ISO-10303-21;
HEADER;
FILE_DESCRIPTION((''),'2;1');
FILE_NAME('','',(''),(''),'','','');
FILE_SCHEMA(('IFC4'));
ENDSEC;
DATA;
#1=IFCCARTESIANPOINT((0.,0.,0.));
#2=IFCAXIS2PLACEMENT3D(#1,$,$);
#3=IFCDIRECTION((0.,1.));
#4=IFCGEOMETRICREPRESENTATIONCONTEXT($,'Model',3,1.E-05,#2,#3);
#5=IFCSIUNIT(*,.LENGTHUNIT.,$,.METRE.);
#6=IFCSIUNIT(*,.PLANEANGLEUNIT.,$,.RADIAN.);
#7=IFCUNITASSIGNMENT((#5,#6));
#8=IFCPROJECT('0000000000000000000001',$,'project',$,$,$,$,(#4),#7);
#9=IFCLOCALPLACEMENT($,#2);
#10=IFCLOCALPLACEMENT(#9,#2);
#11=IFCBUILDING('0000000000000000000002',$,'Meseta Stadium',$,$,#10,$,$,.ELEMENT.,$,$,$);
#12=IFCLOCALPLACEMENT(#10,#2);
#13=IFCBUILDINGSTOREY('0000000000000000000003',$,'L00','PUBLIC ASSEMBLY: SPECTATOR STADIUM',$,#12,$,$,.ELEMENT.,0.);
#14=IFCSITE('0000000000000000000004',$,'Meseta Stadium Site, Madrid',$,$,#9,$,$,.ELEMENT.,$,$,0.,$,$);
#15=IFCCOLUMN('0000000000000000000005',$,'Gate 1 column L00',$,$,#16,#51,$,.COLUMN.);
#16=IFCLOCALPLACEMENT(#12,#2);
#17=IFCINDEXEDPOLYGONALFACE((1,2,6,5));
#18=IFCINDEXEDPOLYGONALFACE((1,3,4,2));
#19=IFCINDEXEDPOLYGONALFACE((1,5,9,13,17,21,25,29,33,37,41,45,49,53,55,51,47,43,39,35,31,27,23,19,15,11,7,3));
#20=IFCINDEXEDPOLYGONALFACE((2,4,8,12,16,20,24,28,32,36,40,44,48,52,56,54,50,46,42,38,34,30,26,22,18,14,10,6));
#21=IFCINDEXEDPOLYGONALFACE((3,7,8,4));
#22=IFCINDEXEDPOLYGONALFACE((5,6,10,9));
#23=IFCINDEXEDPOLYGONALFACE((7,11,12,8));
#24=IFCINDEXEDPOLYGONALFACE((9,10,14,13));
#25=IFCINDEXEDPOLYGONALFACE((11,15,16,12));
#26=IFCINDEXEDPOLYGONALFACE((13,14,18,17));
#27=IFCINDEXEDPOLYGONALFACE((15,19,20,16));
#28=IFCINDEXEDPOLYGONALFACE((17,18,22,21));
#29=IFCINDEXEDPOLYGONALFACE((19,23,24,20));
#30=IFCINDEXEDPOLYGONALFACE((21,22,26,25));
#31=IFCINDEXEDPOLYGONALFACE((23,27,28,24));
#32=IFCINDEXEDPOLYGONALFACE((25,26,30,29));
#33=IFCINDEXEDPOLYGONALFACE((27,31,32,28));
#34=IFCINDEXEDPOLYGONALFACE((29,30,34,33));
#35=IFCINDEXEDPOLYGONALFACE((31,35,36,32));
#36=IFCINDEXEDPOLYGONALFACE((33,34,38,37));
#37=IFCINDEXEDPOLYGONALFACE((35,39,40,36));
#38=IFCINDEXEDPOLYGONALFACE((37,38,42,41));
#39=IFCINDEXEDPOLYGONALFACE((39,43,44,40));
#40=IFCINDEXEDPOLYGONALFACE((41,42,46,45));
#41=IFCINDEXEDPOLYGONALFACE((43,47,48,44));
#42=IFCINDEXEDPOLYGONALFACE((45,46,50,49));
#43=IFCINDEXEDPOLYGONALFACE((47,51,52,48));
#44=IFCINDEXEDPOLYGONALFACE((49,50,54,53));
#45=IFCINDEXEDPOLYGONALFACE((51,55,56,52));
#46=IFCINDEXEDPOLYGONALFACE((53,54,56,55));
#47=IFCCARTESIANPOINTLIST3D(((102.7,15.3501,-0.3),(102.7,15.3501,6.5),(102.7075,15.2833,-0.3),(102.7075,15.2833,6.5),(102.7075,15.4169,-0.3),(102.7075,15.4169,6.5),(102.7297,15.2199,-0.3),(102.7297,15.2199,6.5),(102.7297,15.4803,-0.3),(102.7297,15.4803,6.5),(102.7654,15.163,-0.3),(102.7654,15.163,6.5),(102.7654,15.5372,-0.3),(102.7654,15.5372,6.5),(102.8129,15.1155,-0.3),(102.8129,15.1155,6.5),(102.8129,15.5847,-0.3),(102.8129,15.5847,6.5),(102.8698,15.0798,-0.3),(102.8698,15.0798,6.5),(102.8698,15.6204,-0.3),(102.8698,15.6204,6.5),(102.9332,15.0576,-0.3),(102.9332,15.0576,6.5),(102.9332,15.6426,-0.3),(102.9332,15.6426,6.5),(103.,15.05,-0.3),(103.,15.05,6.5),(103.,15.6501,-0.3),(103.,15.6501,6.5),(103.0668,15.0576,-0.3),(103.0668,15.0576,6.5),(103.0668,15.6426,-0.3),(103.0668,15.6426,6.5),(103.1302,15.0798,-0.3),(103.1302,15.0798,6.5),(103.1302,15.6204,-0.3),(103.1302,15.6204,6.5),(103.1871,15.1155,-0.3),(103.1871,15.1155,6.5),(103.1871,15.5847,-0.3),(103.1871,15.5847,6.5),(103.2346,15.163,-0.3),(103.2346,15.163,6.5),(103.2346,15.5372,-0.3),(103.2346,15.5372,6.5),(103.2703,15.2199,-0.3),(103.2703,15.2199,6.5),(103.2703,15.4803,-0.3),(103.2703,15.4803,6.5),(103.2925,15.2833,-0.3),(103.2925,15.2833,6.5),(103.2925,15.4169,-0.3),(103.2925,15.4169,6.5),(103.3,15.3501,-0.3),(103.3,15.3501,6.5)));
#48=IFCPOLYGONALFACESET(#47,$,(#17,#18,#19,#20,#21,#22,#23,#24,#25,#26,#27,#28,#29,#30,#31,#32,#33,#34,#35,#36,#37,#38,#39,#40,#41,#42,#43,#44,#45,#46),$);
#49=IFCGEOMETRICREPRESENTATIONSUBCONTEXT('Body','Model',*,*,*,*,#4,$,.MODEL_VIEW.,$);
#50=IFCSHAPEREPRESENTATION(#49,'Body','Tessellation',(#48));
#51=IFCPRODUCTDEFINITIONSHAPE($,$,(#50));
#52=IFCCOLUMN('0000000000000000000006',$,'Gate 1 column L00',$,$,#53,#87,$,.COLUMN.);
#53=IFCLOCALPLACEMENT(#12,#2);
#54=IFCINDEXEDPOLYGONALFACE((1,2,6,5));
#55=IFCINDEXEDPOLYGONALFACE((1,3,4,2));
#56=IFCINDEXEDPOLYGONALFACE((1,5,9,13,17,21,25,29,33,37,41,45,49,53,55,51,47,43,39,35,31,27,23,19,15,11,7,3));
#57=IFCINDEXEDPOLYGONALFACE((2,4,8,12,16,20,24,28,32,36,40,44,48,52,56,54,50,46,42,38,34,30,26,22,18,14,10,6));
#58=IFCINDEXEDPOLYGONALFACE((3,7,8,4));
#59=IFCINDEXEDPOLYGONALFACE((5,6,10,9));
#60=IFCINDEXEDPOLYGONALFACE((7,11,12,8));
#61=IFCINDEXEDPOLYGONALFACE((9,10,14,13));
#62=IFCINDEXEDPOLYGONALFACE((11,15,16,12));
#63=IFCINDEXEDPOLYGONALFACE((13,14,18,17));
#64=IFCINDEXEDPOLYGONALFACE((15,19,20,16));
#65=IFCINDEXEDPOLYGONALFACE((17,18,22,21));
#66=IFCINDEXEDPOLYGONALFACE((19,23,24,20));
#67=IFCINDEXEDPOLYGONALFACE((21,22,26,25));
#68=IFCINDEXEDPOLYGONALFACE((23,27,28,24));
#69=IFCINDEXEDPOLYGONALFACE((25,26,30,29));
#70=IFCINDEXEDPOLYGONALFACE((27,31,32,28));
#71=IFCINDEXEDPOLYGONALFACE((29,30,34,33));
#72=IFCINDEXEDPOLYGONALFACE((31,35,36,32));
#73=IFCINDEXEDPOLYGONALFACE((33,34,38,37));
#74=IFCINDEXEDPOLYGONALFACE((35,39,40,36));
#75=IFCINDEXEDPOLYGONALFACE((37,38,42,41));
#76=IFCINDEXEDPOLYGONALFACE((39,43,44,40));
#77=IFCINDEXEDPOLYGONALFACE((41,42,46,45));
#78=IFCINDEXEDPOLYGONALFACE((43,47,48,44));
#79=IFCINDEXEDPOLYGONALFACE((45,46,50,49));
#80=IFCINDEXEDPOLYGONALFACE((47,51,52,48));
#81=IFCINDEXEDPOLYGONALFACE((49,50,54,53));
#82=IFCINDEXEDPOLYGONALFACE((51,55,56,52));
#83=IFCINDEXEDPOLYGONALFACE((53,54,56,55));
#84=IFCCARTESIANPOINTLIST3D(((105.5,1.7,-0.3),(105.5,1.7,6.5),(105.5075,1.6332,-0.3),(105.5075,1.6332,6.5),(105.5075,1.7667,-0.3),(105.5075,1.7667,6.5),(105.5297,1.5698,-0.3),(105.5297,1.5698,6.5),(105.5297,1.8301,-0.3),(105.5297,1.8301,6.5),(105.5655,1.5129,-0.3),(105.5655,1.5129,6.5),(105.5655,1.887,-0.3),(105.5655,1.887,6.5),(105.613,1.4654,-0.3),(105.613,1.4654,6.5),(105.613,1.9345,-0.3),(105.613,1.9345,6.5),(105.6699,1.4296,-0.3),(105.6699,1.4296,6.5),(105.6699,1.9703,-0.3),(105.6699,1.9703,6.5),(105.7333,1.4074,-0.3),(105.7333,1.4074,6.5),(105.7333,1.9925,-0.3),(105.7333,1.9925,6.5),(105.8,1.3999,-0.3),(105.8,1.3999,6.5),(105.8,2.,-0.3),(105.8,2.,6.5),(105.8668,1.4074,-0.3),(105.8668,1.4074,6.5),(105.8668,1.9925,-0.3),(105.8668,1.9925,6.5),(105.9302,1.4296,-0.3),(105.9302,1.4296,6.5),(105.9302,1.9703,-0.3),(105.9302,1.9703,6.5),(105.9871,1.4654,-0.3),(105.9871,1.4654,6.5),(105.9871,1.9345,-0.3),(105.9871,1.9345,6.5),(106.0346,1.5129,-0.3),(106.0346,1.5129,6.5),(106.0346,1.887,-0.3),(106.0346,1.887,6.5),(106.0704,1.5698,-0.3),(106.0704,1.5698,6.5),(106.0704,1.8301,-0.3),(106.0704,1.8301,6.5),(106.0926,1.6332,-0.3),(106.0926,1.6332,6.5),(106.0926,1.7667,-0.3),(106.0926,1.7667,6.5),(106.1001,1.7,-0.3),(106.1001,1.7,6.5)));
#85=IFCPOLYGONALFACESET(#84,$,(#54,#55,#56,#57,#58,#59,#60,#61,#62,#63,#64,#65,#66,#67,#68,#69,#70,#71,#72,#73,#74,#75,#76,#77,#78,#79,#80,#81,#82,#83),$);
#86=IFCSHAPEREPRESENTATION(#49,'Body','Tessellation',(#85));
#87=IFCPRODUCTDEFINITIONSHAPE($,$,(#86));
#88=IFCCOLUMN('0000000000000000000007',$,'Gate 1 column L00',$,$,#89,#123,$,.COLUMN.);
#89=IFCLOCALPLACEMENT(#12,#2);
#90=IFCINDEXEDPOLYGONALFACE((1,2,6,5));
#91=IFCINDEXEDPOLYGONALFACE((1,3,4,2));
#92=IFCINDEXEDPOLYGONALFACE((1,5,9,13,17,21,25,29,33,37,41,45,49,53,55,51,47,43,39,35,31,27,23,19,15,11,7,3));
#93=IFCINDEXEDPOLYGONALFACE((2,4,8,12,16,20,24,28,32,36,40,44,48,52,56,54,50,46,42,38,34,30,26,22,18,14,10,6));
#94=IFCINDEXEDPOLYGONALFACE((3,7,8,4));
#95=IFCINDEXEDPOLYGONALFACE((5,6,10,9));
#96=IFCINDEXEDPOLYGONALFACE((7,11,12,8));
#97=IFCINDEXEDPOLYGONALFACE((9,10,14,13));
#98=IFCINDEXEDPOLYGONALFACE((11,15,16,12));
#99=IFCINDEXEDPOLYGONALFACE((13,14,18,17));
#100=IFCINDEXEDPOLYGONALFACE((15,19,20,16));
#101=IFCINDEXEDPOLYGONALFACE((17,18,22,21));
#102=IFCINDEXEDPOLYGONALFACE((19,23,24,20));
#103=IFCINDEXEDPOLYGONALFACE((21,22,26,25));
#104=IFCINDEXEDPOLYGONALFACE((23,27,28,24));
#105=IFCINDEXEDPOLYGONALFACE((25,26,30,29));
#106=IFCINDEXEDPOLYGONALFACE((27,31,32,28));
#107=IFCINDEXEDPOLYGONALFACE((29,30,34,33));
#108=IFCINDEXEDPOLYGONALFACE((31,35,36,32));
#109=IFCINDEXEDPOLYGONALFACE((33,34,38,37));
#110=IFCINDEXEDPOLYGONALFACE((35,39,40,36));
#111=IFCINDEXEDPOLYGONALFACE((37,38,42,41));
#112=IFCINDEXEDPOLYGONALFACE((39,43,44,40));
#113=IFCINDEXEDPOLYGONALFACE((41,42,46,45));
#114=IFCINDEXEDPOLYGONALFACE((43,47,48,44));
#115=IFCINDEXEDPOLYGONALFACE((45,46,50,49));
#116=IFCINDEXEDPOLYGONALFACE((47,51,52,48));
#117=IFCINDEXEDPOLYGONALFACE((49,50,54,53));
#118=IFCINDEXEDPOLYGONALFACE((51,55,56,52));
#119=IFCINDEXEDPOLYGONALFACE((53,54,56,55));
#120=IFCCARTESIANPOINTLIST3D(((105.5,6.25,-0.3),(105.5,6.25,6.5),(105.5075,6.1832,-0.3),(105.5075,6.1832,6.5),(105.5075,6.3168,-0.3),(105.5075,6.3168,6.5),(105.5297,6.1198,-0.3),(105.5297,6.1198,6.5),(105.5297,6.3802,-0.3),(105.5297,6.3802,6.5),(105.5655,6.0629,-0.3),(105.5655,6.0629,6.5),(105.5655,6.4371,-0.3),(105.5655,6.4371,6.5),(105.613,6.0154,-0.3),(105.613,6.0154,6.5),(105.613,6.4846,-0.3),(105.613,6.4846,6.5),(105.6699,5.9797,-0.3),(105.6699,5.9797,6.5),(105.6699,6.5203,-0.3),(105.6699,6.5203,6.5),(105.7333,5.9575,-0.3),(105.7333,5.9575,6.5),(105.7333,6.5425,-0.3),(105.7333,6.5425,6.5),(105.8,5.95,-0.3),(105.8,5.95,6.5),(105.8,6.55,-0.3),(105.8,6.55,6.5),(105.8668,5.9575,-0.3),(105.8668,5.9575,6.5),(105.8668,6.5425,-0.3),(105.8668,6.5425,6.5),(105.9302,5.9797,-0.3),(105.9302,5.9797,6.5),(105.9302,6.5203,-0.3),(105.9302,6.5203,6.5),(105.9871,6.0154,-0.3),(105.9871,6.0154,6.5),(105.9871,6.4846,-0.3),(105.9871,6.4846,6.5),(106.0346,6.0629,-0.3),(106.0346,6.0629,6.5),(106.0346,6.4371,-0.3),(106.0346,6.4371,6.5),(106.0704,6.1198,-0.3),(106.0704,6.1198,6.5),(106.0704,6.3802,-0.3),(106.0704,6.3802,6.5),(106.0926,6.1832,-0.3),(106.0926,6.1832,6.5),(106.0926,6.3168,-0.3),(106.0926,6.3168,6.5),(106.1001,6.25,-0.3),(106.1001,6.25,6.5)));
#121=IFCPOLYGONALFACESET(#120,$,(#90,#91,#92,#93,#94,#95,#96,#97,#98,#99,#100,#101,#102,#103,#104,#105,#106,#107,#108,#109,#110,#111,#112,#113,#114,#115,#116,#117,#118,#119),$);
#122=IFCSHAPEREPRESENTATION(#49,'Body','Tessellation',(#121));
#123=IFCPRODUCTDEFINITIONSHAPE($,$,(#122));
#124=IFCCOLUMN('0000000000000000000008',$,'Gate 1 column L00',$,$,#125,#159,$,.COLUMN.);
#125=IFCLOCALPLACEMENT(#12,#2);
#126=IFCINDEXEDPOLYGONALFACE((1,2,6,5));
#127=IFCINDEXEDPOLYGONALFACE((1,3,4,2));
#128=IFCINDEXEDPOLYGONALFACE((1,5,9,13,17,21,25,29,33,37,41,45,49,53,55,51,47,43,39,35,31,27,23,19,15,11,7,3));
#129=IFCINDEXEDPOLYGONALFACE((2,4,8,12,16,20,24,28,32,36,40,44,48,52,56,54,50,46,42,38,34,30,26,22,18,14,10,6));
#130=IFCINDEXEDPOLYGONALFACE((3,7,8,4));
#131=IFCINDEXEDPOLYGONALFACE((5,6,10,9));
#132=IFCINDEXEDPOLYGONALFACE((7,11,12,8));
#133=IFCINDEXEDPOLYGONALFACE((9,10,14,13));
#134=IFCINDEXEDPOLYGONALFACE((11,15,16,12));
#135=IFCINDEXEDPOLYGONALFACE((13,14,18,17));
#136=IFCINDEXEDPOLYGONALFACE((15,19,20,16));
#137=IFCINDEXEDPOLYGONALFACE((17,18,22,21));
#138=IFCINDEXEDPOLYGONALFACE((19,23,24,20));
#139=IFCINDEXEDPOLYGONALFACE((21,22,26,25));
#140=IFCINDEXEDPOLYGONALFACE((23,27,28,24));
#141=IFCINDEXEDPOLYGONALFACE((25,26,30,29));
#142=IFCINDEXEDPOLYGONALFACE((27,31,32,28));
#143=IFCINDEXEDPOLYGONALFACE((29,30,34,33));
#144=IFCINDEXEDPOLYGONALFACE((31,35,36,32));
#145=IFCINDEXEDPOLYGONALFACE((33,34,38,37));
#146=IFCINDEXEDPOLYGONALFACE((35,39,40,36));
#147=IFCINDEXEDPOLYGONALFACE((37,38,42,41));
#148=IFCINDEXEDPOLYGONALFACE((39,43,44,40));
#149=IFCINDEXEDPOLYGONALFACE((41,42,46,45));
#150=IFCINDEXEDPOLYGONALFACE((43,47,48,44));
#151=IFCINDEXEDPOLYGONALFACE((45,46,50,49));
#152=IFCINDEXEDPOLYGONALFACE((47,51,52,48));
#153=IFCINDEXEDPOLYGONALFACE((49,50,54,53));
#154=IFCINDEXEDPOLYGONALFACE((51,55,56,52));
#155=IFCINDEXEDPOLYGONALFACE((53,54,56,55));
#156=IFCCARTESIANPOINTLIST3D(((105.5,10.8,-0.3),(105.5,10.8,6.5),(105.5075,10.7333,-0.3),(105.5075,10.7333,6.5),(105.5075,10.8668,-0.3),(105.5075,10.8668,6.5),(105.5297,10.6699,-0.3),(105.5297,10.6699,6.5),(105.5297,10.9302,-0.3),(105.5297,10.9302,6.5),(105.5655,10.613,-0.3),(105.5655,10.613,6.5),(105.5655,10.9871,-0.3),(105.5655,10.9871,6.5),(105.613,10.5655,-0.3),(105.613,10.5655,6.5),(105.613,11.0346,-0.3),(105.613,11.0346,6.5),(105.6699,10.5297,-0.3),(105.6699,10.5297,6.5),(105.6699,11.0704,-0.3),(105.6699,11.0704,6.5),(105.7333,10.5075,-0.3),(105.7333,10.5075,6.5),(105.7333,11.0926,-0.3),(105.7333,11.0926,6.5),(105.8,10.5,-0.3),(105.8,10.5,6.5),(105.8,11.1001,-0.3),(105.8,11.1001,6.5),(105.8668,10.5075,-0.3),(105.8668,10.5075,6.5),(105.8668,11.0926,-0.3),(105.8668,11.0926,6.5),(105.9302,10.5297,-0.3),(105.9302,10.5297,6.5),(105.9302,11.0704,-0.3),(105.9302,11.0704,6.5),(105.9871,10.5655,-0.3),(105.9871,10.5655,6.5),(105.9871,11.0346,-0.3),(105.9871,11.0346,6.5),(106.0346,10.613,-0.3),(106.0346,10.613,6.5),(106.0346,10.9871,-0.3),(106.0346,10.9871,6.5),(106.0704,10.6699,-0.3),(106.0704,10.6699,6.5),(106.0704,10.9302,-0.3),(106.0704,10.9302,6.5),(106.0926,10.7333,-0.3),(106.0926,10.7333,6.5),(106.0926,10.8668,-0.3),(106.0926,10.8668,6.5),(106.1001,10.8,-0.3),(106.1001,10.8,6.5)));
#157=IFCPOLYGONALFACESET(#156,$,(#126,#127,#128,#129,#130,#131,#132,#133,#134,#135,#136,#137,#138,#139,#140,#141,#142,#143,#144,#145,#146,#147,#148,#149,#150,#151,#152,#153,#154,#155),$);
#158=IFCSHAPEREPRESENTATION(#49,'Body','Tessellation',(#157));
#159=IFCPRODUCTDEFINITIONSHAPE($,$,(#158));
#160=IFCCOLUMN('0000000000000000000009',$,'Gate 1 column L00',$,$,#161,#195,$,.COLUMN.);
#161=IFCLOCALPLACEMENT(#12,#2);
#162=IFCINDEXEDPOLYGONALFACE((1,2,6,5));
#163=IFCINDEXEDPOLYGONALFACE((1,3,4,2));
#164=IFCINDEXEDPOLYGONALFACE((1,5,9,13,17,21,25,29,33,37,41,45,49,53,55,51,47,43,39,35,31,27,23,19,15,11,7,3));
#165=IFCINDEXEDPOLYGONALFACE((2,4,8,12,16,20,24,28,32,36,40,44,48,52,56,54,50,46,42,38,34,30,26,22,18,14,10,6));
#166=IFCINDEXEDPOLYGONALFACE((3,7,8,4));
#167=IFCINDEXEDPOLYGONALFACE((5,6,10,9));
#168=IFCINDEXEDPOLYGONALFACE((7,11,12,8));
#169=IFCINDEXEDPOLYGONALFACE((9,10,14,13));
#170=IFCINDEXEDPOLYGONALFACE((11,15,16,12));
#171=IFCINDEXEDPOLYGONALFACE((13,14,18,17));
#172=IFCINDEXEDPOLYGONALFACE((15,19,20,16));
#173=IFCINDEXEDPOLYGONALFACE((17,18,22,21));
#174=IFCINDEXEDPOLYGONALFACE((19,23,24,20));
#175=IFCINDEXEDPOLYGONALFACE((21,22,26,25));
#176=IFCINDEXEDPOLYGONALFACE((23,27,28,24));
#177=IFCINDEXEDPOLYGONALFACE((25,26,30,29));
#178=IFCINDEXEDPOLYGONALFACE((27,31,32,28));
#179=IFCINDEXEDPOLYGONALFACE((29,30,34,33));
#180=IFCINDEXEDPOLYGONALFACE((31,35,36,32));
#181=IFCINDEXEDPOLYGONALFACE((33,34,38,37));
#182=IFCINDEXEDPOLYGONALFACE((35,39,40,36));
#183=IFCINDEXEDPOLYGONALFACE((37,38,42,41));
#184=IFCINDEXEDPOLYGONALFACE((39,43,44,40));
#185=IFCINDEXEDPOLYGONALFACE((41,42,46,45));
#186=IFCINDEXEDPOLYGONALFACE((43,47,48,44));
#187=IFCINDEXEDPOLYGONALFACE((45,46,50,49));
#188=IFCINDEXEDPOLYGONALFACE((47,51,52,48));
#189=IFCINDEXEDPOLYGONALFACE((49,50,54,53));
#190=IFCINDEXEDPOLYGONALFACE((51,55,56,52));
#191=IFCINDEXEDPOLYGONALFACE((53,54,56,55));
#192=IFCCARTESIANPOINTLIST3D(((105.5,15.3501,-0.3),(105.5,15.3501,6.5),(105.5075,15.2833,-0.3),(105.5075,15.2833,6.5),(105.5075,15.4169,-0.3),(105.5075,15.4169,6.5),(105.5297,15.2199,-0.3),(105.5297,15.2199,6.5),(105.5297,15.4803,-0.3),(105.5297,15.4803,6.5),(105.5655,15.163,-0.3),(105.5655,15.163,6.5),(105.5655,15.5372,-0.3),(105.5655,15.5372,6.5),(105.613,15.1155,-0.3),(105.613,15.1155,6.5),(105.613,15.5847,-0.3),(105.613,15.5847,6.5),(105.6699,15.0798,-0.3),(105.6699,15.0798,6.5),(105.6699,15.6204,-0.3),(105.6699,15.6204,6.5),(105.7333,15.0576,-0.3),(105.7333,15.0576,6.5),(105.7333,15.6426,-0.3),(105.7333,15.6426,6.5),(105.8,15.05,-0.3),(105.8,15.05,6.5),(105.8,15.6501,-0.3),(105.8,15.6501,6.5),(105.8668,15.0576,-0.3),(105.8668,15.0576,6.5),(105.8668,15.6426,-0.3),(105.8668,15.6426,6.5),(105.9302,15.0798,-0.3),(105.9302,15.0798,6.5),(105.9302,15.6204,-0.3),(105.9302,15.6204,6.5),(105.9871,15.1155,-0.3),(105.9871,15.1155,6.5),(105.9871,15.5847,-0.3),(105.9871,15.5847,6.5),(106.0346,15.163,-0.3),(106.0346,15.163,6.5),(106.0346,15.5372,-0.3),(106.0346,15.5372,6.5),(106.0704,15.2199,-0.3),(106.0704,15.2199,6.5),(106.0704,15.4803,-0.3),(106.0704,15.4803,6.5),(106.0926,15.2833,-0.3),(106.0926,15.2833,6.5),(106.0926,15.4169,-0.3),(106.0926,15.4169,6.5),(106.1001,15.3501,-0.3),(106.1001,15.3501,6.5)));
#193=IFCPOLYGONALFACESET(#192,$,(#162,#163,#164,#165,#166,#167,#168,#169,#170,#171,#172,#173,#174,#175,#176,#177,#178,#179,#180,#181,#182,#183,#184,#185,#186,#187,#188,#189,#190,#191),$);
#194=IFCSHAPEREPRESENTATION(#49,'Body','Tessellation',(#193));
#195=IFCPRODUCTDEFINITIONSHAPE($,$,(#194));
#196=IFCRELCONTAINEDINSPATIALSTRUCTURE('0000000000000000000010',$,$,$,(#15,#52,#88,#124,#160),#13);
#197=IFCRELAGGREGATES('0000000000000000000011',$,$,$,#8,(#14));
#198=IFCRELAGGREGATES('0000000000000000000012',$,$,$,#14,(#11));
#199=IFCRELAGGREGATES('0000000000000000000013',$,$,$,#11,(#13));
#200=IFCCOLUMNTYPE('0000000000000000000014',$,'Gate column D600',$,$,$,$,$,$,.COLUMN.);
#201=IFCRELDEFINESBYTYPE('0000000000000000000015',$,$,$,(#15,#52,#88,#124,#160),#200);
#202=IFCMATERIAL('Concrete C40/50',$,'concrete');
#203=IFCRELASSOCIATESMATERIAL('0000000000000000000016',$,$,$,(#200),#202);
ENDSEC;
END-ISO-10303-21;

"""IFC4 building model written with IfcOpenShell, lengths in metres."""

from ifc_helpers import new_model, si_unit, direction, frame, origin, origin_2d, place, context, subcontext, project, spatial, circle, extrude, material, material_profile, profile_set, type_object, element, save


model = new_model("IFC4")

# Units and contexts
model_context = context("Model", 3, precision=1e-05, world=origin(), true_north=direction((0.0, 1.0)))
body_context = subcontext(model_context, "Body", "Model", "MODEL_VIEW")
ifc_project = project(units=[si_unit("LENGTHUNIT", "METRE"), si_unit("PLANEANGLEUNIT", "RADIAN")], contexts=[model_context])

# Site, building, storey
site_placement = place(None, origin())
site = spatial("IfcSite", under=ifc_project, at=site_placement, Name="Meseta Stadium Site, Madrid", CompositionType="ELEMENT", RefElevation=0.0)
building_placement = place(site_placement, origin())
building = spatial("IfcBuilding", under=site, at=building_placement, Name="Meseta Stadium", CompositionType="ELEMENT")
storey_placement = place(building_placement, origin())
storey = spatial("IfcBuildingStorey", under=building, at=storey_placement, Name="L00", Description="PUBLIC ASSEMBLY: SPECTATOR STADIUM", CompositionType="ELEMENT", Elevation=0.0)

# Columns
ifc_material_1 = material(Name="Concrete C40/50", Category="concrete")
ifc_material_profile_1 = material_profile(ifc_material_1, circle(Radius=0.3, at=origin_2d()), Name="RC D600")
ifc_profile_set_1 = profile_set([ifc_material_profile_1], Name="Concrete C40/50")
column_type_1 = type_object("IfcColumnType", Name="Gate column D600", PredefinedType="COLUMN", material=ifc_profile_set_1)
for number, where, z_axis, x_axis, name in (
    (1, (103.0, 15.3501, -0.3), (0.0, 0.0, 1.0), (1.0, 0.0, 0.0), "Gate 1 column L00"),
    (2, (105.8, 1.7, -0.3), (0.0, 0.0, 1.0), (1.0, 0.0, 0.0), "Gate 1 column L00"),
    (3, (105.8, 6.25, -0.3), (0.0, 0.0, 1.0), (1.0, 0.0, 0.0), "Gate 1 column L00"),
    (4, (105.8, 10.8, -0.3), (0.0, 0.0, 1.0), (1.0, 0.0, 0.0), "Gate 1 column L00"),
    (5, (105.8, 15.3501, -0.3), (0.0, 0.0, 1.0), (1.0, 0.0, 0.0), "Gate 1 column L00"),
):
    element("IfcColumn", number, at=place(storey_placement, frame(where, z_axis=z_axis, x_axis=x_axis)), inside=storey, type_object=column_type_1, Name=name, PredefinedType="COLUMN", context=body_context, shape_type="SweptSolid", body=[
        extrude(circle(Radius=0.3, at=origin_2d()), origin(), (0.0, 0.0, 1.0), 6.8),
    ])

save(model, "model.ifc")
